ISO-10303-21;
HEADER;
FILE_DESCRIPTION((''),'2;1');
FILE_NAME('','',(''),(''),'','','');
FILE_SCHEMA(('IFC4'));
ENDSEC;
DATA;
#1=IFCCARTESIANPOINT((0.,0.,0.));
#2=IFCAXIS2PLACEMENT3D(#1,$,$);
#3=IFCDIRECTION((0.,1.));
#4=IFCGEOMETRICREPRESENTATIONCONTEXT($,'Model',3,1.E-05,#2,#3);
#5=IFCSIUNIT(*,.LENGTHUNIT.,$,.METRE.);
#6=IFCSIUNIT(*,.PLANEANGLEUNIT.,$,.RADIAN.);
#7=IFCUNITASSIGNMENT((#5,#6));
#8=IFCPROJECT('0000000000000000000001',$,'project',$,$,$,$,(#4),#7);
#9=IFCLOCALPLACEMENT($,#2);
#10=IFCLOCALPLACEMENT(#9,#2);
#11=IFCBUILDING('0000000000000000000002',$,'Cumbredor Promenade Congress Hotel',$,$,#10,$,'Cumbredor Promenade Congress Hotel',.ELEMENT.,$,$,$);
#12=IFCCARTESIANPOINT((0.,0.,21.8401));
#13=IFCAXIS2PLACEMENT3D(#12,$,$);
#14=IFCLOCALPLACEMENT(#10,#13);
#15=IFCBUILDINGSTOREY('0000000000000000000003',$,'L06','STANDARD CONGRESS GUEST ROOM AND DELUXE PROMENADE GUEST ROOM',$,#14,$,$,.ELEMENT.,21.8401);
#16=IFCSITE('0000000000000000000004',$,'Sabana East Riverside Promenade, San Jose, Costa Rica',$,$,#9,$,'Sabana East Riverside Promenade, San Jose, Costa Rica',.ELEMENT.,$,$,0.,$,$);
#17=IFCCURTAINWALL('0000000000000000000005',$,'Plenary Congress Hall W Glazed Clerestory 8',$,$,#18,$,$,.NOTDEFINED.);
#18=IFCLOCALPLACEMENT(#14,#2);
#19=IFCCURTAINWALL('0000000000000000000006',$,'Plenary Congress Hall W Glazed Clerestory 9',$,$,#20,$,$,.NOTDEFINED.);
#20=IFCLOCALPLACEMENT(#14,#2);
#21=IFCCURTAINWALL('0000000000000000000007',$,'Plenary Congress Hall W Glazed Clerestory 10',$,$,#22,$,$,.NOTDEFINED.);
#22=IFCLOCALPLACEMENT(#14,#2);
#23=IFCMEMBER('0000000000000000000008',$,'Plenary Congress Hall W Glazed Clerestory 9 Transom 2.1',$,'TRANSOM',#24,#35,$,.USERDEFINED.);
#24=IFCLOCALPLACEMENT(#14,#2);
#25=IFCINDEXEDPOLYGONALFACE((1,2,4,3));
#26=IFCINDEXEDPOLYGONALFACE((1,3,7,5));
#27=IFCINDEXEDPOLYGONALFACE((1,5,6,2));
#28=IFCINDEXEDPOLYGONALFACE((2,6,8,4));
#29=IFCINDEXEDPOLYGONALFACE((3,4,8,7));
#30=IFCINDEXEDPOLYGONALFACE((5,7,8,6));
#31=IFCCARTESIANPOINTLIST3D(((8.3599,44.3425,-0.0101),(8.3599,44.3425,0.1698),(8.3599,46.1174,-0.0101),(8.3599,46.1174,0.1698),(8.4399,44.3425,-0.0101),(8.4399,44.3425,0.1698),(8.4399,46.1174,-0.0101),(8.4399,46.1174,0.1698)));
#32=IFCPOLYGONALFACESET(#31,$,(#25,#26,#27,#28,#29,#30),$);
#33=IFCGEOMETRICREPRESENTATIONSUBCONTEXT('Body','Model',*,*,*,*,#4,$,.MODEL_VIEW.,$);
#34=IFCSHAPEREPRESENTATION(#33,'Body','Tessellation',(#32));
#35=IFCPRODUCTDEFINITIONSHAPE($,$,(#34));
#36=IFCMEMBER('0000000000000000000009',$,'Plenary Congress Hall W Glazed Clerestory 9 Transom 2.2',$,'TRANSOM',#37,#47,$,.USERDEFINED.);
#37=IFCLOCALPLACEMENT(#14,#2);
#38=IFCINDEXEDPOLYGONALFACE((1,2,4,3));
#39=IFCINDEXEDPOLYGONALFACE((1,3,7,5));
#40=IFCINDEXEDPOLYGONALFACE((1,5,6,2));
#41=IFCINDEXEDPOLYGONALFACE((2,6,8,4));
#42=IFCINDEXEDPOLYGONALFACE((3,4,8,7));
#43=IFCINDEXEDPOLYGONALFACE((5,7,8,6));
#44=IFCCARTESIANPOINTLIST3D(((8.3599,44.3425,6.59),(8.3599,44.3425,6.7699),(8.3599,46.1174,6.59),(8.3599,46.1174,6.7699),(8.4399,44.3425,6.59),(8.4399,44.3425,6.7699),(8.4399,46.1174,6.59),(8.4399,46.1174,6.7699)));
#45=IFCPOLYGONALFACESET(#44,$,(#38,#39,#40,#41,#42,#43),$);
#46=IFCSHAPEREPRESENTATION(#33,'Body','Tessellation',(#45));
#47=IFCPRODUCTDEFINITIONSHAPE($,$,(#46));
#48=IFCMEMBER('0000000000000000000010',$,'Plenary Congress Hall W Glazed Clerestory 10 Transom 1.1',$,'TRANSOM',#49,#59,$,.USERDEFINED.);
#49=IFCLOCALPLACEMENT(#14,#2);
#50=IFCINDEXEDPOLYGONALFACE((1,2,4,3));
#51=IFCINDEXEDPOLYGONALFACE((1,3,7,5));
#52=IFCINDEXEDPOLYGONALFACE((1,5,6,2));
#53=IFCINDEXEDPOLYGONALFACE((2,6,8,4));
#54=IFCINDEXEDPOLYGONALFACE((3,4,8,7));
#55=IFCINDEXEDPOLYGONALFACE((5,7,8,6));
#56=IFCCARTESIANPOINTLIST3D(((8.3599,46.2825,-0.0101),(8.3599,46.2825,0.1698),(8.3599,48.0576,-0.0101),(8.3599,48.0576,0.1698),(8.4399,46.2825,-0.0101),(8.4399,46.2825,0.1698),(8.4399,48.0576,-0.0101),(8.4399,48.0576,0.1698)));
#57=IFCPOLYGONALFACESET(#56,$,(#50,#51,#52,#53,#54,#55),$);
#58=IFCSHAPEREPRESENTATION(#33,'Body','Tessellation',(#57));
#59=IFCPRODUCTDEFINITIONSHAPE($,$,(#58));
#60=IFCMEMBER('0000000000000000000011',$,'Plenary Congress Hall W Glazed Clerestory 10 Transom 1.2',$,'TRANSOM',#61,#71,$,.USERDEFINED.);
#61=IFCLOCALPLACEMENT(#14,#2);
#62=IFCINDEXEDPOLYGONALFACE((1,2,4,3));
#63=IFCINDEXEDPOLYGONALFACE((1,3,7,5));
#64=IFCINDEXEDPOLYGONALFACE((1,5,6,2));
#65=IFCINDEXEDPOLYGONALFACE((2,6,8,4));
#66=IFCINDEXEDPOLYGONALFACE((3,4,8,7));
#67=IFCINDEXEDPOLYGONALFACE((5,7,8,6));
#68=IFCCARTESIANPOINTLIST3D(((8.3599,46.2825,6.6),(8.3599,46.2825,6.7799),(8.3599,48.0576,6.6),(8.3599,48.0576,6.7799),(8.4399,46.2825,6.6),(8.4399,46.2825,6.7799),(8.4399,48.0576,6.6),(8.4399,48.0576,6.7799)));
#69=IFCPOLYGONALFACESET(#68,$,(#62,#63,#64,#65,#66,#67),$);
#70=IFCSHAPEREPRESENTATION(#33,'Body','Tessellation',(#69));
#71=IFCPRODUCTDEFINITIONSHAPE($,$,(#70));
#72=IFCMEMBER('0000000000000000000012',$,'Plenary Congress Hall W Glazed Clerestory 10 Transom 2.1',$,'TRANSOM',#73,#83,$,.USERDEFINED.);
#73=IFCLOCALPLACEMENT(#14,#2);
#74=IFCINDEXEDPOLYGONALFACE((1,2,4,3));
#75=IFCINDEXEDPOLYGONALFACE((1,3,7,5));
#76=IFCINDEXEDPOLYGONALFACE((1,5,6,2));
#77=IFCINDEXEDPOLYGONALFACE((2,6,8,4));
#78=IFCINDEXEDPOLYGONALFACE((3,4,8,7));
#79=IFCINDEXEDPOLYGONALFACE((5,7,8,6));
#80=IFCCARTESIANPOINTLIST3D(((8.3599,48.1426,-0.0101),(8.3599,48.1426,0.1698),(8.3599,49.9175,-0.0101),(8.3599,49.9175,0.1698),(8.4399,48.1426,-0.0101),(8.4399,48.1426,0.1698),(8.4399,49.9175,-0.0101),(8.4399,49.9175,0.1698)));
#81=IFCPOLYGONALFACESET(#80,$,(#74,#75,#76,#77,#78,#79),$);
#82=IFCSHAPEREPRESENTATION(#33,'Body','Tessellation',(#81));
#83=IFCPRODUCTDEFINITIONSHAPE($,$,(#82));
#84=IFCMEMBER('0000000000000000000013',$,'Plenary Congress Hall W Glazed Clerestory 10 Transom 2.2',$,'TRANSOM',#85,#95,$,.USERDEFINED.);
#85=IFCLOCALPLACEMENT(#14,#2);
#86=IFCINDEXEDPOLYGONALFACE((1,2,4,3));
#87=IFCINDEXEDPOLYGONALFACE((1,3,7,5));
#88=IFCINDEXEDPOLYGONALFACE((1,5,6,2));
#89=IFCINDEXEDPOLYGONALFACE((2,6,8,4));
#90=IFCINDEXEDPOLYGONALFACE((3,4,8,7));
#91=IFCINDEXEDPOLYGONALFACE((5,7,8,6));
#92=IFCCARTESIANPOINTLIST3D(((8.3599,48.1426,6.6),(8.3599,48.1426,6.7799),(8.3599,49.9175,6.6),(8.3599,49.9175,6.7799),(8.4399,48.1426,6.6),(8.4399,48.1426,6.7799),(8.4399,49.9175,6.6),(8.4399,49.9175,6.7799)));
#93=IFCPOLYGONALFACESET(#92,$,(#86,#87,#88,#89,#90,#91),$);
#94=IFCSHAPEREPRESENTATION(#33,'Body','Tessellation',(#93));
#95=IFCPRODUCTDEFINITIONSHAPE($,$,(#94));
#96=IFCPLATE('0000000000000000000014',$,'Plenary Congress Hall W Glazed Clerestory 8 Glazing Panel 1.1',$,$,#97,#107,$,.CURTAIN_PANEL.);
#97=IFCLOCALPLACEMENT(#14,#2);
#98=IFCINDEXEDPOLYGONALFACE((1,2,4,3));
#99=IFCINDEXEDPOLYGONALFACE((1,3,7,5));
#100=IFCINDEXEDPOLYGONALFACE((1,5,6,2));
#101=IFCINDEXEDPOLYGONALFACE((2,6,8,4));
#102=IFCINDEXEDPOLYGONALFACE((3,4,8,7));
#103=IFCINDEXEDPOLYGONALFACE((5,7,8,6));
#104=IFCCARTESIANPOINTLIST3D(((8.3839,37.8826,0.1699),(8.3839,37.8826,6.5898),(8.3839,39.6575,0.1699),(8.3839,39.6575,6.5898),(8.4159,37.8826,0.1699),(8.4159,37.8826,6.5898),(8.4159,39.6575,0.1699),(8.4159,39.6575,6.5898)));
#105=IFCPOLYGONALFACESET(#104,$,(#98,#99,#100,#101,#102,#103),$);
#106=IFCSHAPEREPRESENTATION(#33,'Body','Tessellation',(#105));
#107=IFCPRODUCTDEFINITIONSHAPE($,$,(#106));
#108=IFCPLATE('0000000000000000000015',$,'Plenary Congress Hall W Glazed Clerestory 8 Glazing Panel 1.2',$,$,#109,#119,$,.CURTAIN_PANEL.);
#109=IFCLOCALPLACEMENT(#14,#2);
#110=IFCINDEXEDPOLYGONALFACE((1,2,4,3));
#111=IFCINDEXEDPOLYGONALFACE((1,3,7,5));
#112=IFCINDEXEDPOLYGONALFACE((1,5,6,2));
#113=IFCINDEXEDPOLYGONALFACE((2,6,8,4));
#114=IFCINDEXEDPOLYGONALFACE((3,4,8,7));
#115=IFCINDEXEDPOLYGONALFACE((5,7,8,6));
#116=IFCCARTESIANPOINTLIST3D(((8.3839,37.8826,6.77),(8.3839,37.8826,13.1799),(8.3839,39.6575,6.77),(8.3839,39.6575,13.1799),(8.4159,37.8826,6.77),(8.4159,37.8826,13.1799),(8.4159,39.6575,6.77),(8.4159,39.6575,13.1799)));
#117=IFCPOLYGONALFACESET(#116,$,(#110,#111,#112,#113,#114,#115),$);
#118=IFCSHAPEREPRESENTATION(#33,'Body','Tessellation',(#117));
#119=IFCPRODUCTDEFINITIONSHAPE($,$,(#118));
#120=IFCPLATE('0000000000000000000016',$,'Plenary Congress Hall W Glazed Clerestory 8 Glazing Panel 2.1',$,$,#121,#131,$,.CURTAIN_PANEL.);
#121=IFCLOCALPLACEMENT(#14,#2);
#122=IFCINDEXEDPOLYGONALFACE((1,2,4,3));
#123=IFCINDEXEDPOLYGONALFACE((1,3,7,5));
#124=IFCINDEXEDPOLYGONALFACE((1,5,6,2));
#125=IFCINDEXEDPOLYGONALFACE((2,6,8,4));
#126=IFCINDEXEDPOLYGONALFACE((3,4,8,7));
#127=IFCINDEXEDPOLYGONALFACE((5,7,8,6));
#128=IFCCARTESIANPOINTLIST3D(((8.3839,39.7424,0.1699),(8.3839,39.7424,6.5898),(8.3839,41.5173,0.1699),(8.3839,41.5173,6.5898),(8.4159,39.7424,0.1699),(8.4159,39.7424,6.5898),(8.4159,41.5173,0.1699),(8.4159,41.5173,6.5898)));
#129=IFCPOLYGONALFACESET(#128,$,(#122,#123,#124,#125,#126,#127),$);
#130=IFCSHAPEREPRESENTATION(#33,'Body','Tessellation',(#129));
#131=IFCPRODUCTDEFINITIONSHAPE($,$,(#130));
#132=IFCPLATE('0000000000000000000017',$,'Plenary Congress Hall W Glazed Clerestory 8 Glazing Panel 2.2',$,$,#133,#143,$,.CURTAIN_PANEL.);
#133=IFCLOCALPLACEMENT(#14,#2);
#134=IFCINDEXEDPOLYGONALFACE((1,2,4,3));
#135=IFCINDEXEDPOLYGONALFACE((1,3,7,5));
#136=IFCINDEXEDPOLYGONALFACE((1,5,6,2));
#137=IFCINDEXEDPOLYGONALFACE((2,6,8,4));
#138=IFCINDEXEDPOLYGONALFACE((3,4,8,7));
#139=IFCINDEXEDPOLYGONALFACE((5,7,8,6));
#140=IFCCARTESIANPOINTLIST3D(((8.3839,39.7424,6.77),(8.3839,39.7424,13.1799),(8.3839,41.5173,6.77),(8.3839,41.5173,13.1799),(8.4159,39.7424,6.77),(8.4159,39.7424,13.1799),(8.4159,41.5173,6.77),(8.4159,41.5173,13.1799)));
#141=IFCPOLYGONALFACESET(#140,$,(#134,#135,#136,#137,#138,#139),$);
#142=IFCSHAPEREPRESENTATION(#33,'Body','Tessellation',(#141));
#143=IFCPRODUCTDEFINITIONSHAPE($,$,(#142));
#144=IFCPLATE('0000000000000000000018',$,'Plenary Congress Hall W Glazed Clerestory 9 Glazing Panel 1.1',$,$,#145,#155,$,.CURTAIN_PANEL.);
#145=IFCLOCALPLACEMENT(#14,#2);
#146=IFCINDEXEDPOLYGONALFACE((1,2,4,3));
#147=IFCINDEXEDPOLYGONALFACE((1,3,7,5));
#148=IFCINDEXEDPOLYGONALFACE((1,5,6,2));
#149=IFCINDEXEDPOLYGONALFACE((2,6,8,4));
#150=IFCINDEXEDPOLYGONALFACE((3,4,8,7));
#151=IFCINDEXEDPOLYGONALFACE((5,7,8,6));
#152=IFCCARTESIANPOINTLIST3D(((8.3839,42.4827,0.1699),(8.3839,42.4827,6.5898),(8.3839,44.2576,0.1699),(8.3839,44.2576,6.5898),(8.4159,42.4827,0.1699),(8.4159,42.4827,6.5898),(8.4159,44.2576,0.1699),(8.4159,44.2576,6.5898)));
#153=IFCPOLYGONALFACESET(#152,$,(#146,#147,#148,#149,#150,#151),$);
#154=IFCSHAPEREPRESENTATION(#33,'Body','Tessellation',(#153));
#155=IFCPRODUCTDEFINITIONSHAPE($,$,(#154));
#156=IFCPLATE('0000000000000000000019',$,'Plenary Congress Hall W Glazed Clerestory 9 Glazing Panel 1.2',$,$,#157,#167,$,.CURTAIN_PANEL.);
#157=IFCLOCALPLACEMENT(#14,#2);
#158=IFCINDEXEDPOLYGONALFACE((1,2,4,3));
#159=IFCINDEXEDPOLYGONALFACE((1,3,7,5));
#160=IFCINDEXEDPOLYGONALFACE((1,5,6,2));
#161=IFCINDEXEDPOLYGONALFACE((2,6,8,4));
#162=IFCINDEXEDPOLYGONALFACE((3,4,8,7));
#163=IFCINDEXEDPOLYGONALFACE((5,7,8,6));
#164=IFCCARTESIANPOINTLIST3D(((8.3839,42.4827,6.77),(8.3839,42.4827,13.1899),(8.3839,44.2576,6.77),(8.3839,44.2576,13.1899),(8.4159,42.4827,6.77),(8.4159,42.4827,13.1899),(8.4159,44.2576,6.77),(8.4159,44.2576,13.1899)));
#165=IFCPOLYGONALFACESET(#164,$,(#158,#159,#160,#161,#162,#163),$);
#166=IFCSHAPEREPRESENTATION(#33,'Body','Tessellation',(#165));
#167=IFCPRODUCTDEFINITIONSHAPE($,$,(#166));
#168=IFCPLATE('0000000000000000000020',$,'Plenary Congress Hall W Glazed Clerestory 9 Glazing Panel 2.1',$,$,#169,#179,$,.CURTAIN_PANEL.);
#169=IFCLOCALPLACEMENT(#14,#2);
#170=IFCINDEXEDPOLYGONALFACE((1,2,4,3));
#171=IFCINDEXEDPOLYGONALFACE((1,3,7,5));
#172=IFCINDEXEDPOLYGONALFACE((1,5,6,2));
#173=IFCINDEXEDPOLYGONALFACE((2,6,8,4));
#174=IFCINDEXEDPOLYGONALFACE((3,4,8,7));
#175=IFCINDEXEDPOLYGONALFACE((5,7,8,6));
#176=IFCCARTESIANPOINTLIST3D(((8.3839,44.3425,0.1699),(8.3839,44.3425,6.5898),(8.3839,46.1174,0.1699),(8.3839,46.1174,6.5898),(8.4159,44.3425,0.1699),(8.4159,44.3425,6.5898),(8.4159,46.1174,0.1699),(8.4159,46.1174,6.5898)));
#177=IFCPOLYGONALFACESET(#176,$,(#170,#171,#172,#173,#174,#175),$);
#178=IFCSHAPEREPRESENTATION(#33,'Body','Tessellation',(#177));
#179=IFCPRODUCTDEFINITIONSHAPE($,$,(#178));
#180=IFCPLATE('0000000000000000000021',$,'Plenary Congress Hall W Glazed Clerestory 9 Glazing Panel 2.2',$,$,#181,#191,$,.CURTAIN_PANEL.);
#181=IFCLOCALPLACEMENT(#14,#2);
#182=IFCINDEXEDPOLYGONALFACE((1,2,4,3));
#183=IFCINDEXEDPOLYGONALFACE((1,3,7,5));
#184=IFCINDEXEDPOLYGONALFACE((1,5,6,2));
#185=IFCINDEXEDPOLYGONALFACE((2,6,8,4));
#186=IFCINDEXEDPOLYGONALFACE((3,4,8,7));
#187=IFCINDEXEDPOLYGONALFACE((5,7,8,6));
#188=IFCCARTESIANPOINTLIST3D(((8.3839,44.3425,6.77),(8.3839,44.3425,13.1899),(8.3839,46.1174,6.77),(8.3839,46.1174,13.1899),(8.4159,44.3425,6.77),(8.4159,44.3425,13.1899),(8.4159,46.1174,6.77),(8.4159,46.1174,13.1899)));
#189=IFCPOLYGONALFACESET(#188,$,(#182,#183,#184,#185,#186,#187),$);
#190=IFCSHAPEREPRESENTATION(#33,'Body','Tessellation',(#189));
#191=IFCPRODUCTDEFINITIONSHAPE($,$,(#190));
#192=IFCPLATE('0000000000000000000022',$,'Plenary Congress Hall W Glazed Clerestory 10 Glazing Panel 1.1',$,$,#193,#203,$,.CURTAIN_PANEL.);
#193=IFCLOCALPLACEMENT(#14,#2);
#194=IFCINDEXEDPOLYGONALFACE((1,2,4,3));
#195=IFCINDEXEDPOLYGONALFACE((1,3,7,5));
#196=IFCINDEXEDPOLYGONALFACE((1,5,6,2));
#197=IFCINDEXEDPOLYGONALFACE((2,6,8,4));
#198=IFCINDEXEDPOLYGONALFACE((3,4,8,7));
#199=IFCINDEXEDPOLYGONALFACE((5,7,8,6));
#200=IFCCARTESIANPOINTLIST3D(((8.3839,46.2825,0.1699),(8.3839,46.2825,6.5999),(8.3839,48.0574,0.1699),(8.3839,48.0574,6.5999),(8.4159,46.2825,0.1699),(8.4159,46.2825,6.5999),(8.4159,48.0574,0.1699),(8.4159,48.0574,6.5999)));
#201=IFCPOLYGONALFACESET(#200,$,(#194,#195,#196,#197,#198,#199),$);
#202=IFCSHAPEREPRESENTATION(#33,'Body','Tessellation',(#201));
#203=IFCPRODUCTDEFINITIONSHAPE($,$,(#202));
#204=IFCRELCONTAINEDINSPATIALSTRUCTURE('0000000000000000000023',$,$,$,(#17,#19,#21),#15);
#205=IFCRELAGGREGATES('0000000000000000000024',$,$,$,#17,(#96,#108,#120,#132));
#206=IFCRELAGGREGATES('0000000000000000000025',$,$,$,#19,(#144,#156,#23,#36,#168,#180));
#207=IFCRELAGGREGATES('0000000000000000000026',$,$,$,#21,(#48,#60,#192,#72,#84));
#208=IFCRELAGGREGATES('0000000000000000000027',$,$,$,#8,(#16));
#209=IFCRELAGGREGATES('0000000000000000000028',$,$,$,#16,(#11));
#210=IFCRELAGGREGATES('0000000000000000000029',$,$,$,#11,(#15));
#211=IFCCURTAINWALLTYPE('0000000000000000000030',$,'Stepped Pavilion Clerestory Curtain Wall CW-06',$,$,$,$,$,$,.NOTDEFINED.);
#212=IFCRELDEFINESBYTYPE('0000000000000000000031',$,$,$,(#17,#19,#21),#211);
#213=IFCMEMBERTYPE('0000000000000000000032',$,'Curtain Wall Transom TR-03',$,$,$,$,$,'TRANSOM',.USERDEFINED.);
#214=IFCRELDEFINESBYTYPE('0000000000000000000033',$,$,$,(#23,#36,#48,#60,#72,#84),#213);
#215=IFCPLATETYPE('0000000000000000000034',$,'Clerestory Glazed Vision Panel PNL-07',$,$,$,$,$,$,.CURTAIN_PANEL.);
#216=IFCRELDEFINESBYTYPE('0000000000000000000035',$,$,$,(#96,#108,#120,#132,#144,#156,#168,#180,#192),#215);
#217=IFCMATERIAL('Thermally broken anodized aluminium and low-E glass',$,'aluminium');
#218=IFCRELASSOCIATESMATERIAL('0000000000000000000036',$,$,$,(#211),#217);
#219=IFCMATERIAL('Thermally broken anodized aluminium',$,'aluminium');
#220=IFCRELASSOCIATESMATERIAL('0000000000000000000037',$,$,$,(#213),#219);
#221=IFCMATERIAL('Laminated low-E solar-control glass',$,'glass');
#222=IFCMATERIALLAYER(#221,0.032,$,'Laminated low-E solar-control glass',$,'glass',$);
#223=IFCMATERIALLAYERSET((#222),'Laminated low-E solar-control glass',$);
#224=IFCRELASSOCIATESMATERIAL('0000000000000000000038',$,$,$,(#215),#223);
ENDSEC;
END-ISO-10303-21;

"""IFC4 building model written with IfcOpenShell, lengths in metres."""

from ifc_helpers import new_model, si_unit, direction, frame, origin, origin_2d, place, context, subcontext, project, spatial, rectangle, extrude, material, layer, layer_set, material_profile, profile_set, type_object, element, aggregate, save


model = new_model("IFC4")

# Units and contexts
model_context = context("Model", 3, precision=1e-05, world=origin(), true_north=direction((0.0, 1.0)))
body_context = subcontext(model_context, "Body", "Model", "MODEL_VIEW")
ifc_project = project(units=[si_unit("LENGTHUNIT", "METRE"), si_unit("PLANEANGLEUNIT", "RADIAN")], contexts=[model_context])

# Site, building, storey
site_placement = place(None, origin())
site = spatial("IfcSite", under=ifc_project, at=site_placement, Name="Sabana East Riverside Promenade, San Jose, Costa Rica", LongName="Sabana East Riverside Promenade, San Jose, Costa Rica", CompositionType="ELEMENT", RefElevation=0.0)
building_placement = place(site_placement, origin())
building = spatial("IfcBuilding", under=site, at=building_placement, Name="Cumbredor Promenade Congress Hotel", LongName="Cumbredor Promenade Congress Hotel", CompositionType="ELEMENT")
storey_placement = place(building_placement, frame((0.0, 0.0, 21.8401)))
storey = spatial("IfcBuildingStorey", under=building, at=storey_placement, Name="L06", Description="STANDARD CONGRESS GUEST ROOM AND DELUXE PROMENADE GUEST ROOM", CompositionType="ELEMENT", Elevation=21.8401)

# Curtain walls
ifc_material_1 = material(Name="Thermally broken anodized aluminium and low-E glass", Category="aluminium")
curtain_wall_type = type_object("IfcCurtainWallType", Name="Stepped Pavilion Clerestory Curtain Wall CW-06", PredefinedType="NOTDEFINED", material=ifc_material_1)
curtain_wall_1_placement = place(storey_placement, origin())
curtain_wall_1 = element("IfcCurtainWall", 1, at=curtain_wall_1_placement, inside=storey, type_object=curtain_wall_type, Name="Plenary Congress Hall W Glazed Clerestory 8", PredefinedType="NOTDEFINED")
ifc_material_2 = material(Name="Thermally broken anodized aluminium", Category="aluminium")
curtain_wall_2_placement = place(storey_placement, origin())
curtain_wall_2 = element("IfcCurtainWall", 2, at=curtain_wall_2_placement, inside=storey, type_object=curtain_wall_type, Name="Plenary Congress Hall W Glazed Clerestory 9", PredefinedType="NOTDEFINED")
curtain_wall_3_placement = place(storey_placement, origin())
curtain_wall_3 = element("IfcCurtainWall", 3, at=curtain_wall_3_placement, inside=storey, type_object=curtain_wall_type, Name="Plenary Congress Hall W Glazed Clerestory 10", PredefinedType="NOTDEFINED")

# Members
ifc_material_profile_1 = material_profile(ifc_material_2, rectangle(XDim=0.0801, YDim=0.1799, at=origin_2d()), Name="ALU TRANSOM 80x180")
ifc_profile_set_1 = profile_set([ifc_material_profile_1], Name="Thermally broken anodized aluminium")
member_type_1 = type_object("IfcMemberType", Name="Curtain Wall Transom TR-03", ElementType="TRANSOM", PredefinedType="USERDEFINED", material=ifc_profile_set_1)
member_1_placement = place(storey_placement, frame((8.3999, 44.3425, 0.0798), z_axis=(0.0, 1.0, 0.0), x_axis=(-1.0, 0.0, 0.0)))
member_1 = element("IfcMember", 4, at=member_1_placement, type_object=member_type_1, Name="Plenary Congress Hall W Glazed Clerestory 9 Transom 2.1", ObjectType="TRANSOM", PredefinedType="USERDEFINED", context=body_context, shape_type="SweptSolid", body=[
    extrude(rectangle(XDim=0.0801, YDim=0.1799, at=origin_2d()), origin(), (0.0, 0.0, 1.0), 1.7749),
])
member_2_placement = place(storey_placement, frame((8.3999, 44.3425, 6.6799), z_axis=(0.0, 1.0, 0.0), x_axis=(-1.0, 0.0, 0.0)))
member_2 = element("IfcMember", 5, at=member_2_placement, type_object=member_type_1, Name="Plenary Congress Hall W Glazed Clerestory 9 Transom 2.2", ObjectType="TRANSOM", PredefinedType="USERDEFINED", context=body_context, shape_type="SweptSolid", body=[
    extrude(rectangle(XDim=0.0801, YDim=0.1799, at=origin_2d()), origin(), (0.0, 0.0, 1.0), 1.7749),
])
member_3_placement = place(storey_placement, frame((8.3999, 46.2825, 0.0798), z_axis=(0.0, 1.0, 0.0), x_axis=(-1.0, 0.0, 0.0)))
member_3 = element("IfcMember", 6, at=member_3_placement, type_object=member_type_1, Name="Plenary Congress Hall W Glazed Clerestory 10 Transom 1.1", ObjectType="TRANSOM", PredefinedType="USERDEFINED", context=body_context, shape_type="SweptSolid", body=[
    extrude(rectangle(XDim=0.0801, YDim=0.1799, at=origin_2d()), origin(), (0.0, 0.0, 1.0), 1.7751),
])
member_4_placement = place(storey_placement, frame((8.3999, 46.2825, 6.6899), z_axis=(0.0, 1.0, 0.0), x_axis=(-1.0, 0.0, 0.0)))
member_4 = element("IfcMember", 7, at=member_4_placement, type_object=member_type_1, Name="Plenary Congress Hall W Glazed Clerestory 10 Transom 1.2", ObjectType="TRANSOM", PredefinedType="USERDEFINED", context=body_context, shape_type="SweptSolid", body=[
    extrude(rectangle(XDim=0.0801, YDim=0.1799, at=origin_2d()), origin(), (0.0, 0.0, 1.0), 1.7751),
])
member_5_placement = place(storey_placement, frame((8.3999, 48.1426, 0.0798), z_axis=(0.0, 1.0, 0.0), x_axis=(-1.0, 0.0, 0.0)))
member_5 = element("IfcMember", 8, at=member_5_placement, type_object=member_type_1, Name="Plenary Congress Hall W Glazed Clerestory 10 Transom 2.1", ObjectType="TRANSOM", PredefinedType="USERDEFINED", context=body_context, shape_type="SweptSolid", body=[
    extrude(rectangle(XDim=0.0801, YDim=0.1799, at=origin_2d()), origin(), (0.0, 0.0, 1.0), 1.7749),
])
member_6_placement = place(storey_placement, frame((8.3999, 48.1426, 6.6899), z_axis=(0.0, 1.0, 0.0), x_axis=(-1.0, 0.0, 0.0)))
member_6 = element("IfcMember", 9, at=member_6_placement, type_object=member_type_1, Name="Plenary Congress Hall W Glazed Clerestory 10 Transom 2.2", ObjectType="TRANSOM", PredefinedType="USERDEFINED", context=body_context, shape_type="SweptSolid", body=[
    extrude(rectangle(XDim=0.0801, YDim=0.1799, at=origin_2d()), origin(), (0.0, 0.0, 1.0), 1.7749),
])

# Plates
ifc_material_3 = material(Name="Laminated low-E solar-control glass", Category="glass")
ifc_layer_1 = layer(ifc_material_3, 0.032, Name="Laminated low-E solar-control glass", Category="glass")
ifc_layer_set_1 = layer_set([ifc_layer_1], Name="Laminated low-E solar-control glass")
plate_type_1 = type_object("IfcPlateType", Name="Clerestory Glazed Vision Panel PNL-07", PredefinedType="CURTAIN_PANEL", material=ifc_layer_set_1)
plate_1_placement = place(storey_placement, frame((8.3999, 38.77, 0.1699), z_axis=(0.0, 0.0, 1.0), x_axis=(0.0, 1.0, 0.0)))
plate_1 = element("IfcPlate", 10, at=plate_1_placement, type_object=plate_type_1, Name="Plenary Congress Hall W Glazed Clerestory 8 Glazing Panel 1.1", PredefinedType="CURTAIN_PANEL", context=body_context, shape_type="SweptSolid", body=[
    extrude(rectangle(XDim=1.7749, YDim=0.032, at=origin_2d()), origin(), (0.0, 0.0, 1.0), 6.4199),
])
plate_2_placement = place(storey_placement, frame((8.3999, 38.77, 6.77), z_axis=(0.0, 0.0, 1.0), x_axis=(0.0, 1.0, 0.0)))
plate_2 = element("IfcPlate", 11, at=plate_2_placement, type_object=plate_type_1, Name="Plenary Congress Hall W Glazed Clerestory 8 Glazing Panel 1.2", PredefinedType="CURTAIN_PANEL", context=body_context, shape_type="SweptSolid", body=[
    extrude(rectangle(XDim=1.7749, YDim=0.032, at=origin_2d()), origin(), (0.0, 0.0, 1.0), 6.4099),
])
plate_3_placement = place(storey_placement, frame((8.3999, 40.6299, 0.1699), z_axis=(0.0, 0.0, 1.0), x_axis=(0.0, 1.0, 0.0)))
plate_3 = element("IfcPlate", 12, at=plate_3_placement, type_object=plate_type_1, Name="Plenary Congress Hall W Glazed Clerestory 8 Glazing Panel 2.1", PredefinedType="CURTAIN_PANEL", context=body_context, shape_type="SweptSolid", body=[
    extrude(rectangle(XDim=1.7749, YDim=0.032, at=origin_2d()), origin(), (0.0, 0.0, 1.0), 6.4199),
])
plate_4_placement = place(storey_placement, frame((8.3999, 40.6299, 6.77), z_axis=(0.0, 0.0, 1.0), x_axis=(0.0, 1.0, 0.0)))
plate_4 = element("IfcPlate", 13, at=plate_4_placement, type_object=plate_type_1, Name="Plenary Congress Hall W Glazed Clerestory 8 Glazing Panel 2.2", PredefinedType="CURTAIN_PANEL", context=body_context, shape_type="SweptSolid", body=[
    extrude(rectangle(XDim=1.7749, YDim=0.032, at=origin_2d()), origin(), (0.0, 0.0, 1.0), 6.4099),
])
aggregate(curtain_wall_1, [plate_1, plate_2, plate_3, plate_4])
plate_5_placement = place(storey_placement, frame((8.3999, 43.3701, 0.1699), z_axis=(0.0, 0.0, 1.0), x_axis=(0.0, 1.0, 0.0)))
plate_5 = element("IfcPlate", 14, at=plate_5_placement, type_object=plate_type_1, Name="Plenary Congress Hall W Glazed Clerestory 9 Glazing Panel 1.1", PredefinedType="CURTAIN_PANEL", context=body_context, shape_type="SweptSolid", body=[
    extrude(rectangle(XDim=1.7749, YDim=0.032, at=origin_2d()), origin(), (0.0, 0.0, 1.0), 6.4199),
])
plate_6_placement = place(storey_placement, frame((8.3999, 43.3701, 6.77), z_axis=(0.0, 0.0, 1.0), x_axis=(0.0, 1.0, 0.0)))
plate_6 = element("IfcPlate", 15, at=plate_6_placement, type_object=plate_type_1, Name="Plenary Congress Hall W Glazed Clerestory 9 Glazing Panel 1.2", PredefinedType="CURTAIN_PANEL", context=body_context, shape_type="SweptSolid", body=[
    extrude(rectangle(XDim=1.7749, YDim=0.032, at=origin_2d()), origin(), (0.0, 0.0, 1.0), 6.4199),
])
plate_7_placement = place(storey_placement, frame((8.3999, 45.23, 0.1699), z_axis=(0.0, 0.0, 1.0), x_axis=(0.0, 1.0, 0.0)))
plate_7 = element("IfcPlate", 16, at=plate_7_placement, type_object=plate_type_1, Name="Plenary Congress Hall W Glazed Clerestory 9 Glazing Panel 2.1", PredefinedType="CURTAIN_PANEL", context=body_context, shape_type="SweptSolid", body=[
    extrude(rectangle(XDim=1.7749, YDim=0.032, at=origin_2d()), origin(), (0.0, 0.0, 1.0), 6.4199),
])
plate_8_placement = place(storey_placement, frame((8.3999, 45.23, 6.77), z_axis=(0.0, 0.0, 1.0), x_axis=(0.0, 1.0, 0.0)))
plate_8 = element("IfcPlate", 17, at=plate_8_placement, type_object=plate_type_1, Name="Plenary Congress Hall W Glazed Clerestory 9 Glazing Panel 2.2", PredefinedType="CURTAIN_PANEL", context=body_context, shape_type="SweptSolid", body=[
    extrude(rectangle(XDim=1.7749, YDim=0.032, at=origin_2d()), origin(), (0.0, 0.0, 1.0), 6.4199),
])
aggregate(curtain_wall_2, [plate_5, plate_6, member_1, member_2, plate_7, plate_8])
plate_9_placement = place(storey_placement, frame((8.3999, 47.1699, 0.1699), z_axis=(0.0, 0.0, 1.0), x_axis=(0.0, 1.0, 0.0)))
plate_9 = element("IfcPlate", 18, at=plate_9_placement, type_object=plate_type_1, Name="Plenary Congress Hall W Glazed Clerestory 10 Glazing Panel 1.1", PredefinedType="CURTAIN_PANEL", context=body_context, shape_type="SweptSolid", body=[
    extrude(rectangle(XDim=1.7749, YDim=0.032, at=origin_2d()), origin(), (0.0, 0.0, 1.0), 6.4299),
])
aggregate(curtain_wall_3, [member_3, member_4, plate_9, member_5, member_6])

save(model, "model.ifc")
